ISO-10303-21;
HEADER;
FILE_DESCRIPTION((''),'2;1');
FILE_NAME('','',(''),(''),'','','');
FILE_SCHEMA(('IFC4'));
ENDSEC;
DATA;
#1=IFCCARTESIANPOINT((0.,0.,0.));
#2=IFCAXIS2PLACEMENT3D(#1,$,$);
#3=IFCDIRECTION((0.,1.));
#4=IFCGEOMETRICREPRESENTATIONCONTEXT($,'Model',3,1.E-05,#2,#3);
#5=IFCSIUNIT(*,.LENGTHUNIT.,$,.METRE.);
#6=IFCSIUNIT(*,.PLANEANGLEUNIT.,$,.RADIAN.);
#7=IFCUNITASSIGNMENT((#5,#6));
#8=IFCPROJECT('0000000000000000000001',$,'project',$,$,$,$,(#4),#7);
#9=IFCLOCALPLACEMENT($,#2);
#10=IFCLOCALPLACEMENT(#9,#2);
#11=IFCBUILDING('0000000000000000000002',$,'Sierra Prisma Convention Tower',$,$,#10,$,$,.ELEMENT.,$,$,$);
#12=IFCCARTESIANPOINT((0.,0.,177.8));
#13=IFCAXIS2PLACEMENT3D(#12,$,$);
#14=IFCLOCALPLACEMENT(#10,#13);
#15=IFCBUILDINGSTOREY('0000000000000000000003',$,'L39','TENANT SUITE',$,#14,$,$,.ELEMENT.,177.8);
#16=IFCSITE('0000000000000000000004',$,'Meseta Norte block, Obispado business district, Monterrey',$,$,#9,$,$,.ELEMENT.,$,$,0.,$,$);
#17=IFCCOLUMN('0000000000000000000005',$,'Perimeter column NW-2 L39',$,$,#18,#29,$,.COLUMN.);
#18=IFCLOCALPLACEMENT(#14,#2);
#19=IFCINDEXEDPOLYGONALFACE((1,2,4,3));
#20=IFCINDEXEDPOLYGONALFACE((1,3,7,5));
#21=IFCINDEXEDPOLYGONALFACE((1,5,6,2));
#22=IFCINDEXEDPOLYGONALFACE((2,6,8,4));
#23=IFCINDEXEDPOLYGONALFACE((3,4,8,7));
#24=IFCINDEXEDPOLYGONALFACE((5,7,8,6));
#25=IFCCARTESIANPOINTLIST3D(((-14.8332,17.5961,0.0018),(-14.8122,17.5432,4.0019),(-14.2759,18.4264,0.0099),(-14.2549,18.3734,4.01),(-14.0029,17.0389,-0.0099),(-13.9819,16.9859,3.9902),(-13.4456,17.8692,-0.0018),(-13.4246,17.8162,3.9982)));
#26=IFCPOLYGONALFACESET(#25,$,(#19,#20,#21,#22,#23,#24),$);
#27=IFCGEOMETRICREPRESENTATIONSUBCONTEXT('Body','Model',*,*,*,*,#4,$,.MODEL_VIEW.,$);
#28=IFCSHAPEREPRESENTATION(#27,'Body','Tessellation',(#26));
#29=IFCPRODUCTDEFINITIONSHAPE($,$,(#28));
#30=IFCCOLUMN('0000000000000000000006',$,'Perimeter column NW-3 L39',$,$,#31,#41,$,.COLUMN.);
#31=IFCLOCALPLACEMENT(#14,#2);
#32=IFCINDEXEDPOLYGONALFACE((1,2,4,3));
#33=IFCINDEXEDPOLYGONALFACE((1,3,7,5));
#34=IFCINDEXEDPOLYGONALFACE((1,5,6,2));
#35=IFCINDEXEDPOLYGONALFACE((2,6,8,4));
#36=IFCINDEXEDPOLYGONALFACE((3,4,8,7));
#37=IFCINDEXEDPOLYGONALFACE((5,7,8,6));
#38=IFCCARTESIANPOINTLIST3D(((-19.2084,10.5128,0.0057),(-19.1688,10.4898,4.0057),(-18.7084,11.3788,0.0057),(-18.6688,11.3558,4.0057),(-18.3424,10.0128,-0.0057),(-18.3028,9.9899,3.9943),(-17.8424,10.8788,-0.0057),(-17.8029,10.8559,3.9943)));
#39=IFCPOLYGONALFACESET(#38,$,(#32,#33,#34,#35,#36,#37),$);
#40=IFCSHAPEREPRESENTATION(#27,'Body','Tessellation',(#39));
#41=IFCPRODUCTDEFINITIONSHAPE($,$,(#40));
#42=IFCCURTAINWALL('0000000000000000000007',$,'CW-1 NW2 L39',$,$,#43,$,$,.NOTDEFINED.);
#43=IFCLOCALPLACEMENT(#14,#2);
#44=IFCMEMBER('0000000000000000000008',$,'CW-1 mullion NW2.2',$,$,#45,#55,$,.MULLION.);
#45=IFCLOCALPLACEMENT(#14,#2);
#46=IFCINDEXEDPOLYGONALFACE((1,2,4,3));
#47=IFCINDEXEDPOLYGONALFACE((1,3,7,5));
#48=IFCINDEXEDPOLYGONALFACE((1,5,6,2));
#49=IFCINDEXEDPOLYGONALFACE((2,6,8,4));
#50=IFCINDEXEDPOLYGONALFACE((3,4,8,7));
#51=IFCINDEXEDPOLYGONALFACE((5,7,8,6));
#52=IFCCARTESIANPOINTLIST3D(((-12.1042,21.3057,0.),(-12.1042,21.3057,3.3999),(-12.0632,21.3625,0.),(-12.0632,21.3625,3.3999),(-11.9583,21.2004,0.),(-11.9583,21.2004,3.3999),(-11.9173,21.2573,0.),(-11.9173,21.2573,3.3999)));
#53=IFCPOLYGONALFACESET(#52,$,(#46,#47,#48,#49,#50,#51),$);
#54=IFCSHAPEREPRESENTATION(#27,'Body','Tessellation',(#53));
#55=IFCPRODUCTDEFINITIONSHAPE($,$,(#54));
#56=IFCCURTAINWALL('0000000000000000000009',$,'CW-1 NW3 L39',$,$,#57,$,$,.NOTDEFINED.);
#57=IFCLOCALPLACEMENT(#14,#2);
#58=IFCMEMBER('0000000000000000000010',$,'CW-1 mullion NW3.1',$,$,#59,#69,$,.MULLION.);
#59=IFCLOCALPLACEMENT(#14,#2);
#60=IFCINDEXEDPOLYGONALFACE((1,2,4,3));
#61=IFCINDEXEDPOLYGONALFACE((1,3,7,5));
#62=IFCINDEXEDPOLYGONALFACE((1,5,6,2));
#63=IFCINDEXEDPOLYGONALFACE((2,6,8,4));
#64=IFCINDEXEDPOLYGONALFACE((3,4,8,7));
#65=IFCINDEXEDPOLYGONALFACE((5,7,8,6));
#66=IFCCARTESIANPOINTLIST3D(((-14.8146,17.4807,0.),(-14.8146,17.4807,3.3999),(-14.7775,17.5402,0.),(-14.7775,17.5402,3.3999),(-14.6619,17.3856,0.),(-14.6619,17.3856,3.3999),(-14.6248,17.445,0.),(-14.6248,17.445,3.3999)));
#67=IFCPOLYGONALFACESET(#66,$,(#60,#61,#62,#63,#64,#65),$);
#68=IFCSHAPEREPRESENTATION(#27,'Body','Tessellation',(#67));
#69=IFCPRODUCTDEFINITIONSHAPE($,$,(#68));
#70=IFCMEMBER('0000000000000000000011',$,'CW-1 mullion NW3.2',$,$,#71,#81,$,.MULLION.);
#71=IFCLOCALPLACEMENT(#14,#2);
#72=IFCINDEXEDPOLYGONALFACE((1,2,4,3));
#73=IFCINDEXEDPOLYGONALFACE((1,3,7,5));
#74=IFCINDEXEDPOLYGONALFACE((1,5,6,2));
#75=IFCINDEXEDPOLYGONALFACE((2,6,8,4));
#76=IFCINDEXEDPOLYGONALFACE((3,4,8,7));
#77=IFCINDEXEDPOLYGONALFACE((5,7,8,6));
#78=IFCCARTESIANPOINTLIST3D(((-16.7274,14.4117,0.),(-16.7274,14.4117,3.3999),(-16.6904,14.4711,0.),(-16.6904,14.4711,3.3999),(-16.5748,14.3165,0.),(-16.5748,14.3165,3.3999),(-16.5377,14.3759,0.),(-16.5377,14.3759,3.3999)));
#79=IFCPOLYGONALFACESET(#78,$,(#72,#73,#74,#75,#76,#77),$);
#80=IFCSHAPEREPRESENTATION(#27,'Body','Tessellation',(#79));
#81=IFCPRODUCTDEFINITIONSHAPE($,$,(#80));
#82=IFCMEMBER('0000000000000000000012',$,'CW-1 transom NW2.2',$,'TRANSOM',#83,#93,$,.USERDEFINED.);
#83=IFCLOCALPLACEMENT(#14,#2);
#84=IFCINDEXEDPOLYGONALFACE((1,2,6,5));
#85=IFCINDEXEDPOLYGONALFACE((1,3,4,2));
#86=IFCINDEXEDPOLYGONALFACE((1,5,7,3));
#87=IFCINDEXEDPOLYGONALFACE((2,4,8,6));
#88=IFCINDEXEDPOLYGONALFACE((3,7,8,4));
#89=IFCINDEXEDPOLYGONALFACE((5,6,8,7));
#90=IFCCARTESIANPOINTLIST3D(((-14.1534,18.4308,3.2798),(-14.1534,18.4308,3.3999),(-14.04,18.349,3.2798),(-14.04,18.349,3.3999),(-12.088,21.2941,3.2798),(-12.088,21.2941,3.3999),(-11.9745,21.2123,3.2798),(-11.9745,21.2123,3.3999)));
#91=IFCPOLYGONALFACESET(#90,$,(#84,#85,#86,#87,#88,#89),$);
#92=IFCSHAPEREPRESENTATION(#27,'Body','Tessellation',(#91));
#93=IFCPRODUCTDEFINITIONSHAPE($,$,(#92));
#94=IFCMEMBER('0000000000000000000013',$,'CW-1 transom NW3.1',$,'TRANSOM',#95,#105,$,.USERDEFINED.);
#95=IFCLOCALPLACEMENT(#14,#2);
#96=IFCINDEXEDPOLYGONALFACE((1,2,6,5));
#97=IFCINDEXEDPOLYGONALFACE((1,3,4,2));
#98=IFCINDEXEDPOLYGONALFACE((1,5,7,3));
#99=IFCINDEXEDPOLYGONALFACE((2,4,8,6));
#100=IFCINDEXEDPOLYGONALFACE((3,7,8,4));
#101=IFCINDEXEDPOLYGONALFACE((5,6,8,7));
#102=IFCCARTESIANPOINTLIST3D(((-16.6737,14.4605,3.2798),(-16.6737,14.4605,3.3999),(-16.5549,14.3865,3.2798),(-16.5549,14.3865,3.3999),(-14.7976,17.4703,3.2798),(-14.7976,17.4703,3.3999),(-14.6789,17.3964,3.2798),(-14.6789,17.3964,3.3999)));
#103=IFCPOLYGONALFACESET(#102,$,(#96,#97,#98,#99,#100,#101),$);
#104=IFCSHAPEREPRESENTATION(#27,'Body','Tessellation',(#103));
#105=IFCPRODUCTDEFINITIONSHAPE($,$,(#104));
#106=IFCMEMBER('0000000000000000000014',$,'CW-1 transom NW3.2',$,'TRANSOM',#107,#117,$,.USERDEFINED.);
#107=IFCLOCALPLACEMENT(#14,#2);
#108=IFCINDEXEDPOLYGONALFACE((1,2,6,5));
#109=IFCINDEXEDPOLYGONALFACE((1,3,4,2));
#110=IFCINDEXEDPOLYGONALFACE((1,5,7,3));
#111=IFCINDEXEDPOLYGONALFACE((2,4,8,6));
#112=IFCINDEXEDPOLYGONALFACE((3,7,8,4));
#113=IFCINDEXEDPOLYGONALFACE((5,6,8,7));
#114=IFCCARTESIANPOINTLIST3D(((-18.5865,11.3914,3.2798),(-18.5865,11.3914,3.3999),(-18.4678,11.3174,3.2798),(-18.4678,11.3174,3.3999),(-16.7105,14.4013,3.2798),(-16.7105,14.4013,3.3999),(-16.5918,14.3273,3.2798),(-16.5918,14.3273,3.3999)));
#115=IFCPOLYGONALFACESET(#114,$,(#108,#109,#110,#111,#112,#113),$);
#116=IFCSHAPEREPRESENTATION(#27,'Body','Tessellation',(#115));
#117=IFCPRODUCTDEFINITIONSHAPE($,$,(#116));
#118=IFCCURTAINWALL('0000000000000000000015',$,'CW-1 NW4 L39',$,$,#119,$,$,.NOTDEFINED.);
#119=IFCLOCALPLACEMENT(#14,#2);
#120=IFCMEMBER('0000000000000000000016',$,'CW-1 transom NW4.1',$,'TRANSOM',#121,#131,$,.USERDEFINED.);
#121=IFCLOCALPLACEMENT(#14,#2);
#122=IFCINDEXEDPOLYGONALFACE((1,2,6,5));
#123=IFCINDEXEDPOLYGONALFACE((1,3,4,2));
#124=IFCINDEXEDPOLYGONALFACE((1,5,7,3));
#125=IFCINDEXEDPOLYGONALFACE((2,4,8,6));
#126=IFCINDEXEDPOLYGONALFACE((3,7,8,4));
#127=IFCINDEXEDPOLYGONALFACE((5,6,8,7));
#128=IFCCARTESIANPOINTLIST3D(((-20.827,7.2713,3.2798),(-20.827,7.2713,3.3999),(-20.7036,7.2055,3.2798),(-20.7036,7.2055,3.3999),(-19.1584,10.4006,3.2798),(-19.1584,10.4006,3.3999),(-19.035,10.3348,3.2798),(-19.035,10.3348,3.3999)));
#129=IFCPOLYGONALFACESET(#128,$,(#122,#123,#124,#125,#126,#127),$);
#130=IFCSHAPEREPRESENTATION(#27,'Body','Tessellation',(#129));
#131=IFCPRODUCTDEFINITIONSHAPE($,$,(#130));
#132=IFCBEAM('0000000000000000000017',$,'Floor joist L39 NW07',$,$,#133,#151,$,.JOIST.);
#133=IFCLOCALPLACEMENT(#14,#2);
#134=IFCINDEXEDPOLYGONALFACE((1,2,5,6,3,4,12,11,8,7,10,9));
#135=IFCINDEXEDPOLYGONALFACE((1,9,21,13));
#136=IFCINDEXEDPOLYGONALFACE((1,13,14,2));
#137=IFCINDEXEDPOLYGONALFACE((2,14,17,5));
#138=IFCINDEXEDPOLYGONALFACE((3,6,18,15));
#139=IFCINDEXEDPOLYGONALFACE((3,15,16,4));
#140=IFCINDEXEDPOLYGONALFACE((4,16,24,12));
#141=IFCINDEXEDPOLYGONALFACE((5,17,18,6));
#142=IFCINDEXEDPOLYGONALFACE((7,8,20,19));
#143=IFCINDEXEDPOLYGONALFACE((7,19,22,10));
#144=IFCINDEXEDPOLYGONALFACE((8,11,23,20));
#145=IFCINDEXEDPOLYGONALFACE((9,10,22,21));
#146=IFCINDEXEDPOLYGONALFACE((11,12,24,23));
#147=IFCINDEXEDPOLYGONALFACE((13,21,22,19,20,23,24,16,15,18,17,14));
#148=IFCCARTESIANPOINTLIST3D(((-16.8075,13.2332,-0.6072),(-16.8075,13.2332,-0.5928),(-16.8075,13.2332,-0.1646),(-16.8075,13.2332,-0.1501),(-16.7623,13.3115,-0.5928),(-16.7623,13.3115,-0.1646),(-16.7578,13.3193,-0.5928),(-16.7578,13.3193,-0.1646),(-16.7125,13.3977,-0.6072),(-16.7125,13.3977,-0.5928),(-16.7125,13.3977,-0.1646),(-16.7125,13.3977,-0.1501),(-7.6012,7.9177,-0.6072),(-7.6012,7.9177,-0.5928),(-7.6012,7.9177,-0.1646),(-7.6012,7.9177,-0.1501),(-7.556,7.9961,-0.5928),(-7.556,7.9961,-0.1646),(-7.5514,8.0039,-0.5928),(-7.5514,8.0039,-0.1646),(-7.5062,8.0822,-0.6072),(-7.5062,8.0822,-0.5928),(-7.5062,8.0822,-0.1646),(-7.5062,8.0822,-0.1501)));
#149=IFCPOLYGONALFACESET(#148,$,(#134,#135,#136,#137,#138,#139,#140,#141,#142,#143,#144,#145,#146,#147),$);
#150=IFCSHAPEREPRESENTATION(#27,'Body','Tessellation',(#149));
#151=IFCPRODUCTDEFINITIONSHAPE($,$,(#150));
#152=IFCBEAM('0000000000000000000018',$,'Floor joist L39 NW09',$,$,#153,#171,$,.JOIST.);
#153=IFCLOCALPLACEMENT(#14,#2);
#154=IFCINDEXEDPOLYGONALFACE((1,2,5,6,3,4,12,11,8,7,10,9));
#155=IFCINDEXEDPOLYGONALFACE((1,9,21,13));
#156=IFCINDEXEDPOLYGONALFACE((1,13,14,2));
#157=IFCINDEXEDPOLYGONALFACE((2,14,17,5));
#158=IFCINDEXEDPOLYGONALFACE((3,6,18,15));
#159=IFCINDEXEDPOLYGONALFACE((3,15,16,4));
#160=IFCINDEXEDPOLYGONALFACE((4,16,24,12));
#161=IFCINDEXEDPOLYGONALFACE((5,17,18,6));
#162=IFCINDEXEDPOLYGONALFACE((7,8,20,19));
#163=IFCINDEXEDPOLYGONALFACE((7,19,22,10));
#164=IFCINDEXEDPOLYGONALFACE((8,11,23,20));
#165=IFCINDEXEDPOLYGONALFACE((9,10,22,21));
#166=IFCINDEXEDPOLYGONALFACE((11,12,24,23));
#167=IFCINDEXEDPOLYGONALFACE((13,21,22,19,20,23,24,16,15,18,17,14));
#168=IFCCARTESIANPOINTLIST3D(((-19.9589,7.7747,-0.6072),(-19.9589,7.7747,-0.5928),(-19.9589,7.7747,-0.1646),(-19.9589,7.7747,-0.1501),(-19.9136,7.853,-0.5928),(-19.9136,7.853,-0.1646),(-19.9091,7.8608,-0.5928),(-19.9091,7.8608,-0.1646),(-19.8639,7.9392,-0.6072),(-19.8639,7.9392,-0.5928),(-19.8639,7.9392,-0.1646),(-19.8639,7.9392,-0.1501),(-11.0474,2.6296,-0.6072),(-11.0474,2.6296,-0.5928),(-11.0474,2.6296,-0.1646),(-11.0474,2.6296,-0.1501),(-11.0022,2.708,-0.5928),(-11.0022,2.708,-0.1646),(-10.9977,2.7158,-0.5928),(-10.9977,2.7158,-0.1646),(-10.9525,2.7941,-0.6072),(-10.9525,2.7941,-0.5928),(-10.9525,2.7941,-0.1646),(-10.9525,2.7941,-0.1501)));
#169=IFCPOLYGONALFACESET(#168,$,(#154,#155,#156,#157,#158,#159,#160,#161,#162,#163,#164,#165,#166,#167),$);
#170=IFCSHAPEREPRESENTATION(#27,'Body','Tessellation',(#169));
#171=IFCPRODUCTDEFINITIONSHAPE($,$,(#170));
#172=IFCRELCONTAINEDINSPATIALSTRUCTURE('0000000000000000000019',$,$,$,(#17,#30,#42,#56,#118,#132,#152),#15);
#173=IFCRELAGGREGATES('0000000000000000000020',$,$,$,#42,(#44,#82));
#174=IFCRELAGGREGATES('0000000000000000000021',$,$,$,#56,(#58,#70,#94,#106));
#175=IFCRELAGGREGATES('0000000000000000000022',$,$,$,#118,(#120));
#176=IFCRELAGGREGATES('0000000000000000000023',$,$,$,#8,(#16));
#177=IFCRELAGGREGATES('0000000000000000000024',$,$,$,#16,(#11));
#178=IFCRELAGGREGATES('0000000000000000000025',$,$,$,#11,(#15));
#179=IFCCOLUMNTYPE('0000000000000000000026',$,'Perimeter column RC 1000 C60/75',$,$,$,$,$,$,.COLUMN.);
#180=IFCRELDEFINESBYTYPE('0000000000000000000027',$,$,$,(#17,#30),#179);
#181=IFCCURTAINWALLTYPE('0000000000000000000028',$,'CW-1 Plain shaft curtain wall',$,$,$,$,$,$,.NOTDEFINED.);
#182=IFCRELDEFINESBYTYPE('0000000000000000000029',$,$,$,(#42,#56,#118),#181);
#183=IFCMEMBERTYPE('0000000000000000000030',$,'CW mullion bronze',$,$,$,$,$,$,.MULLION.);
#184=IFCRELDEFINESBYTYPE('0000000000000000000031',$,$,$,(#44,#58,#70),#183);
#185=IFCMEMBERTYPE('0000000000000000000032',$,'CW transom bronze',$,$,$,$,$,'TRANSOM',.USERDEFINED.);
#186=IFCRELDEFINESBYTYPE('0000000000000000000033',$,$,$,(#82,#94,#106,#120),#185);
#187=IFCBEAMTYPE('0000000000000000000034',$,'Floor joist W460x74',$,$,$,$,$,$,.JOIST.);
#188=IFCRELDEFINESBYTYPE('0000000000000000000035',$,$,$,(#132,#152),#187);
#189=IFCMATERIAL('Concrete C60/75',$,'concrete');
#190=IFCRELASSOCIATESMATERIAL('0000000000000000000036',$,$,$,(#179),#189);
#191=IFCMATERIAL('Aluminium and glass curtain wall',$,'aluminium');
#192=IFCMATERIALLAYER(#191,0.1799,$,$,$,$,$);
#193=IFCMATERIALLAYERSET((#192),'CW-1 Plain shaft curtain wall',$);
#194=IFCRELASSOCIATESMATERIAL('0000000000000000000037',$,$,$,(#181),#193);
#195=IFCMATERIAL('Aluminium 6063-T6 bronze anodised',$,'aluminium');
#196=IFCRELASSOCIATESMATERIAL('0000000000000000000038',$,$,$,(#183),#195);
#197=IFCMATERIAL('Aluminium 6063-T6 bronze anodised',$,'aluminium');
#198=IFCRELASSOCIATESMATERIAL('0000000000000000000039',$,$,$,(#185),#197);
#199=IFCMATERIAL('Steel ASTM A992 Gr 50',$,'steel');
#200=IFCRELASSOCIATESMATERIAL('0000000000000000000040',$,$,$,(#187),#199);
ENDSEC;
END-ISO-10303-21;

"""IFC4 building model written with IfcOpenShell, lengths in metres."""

from ifc_helpers import new_model, si_unit, direction, frame, origin, origin_2d, place, context, subcontext, project, spatial, rectangle, i_section, extrude, material, layer, layer_set, material_profile, profile_set, type_object, element, aggregate, save


model = new_model("IFC4")

# Units and contexts
model_context = context("Model", 3, precision=1e-05, world=origin(), true_north=direction((0.0, 1.0)))
body_context = subcontext(model_context, "Body", "Model", "MODEL_VIEW")
ifc_project = project(units=[si_unit("LENGTHUNIT", "METRE"), si_unit("PLANEANGLEUNIT", "RADIAN")], contexts=[model_context])

# Site, building, storey
site_placement = place(None, origin())
site = spatial("IfcSite", under=ifc_project, at=site_placement, Name="Meseta Norte block, Obispado business district, Monterrey", CompositionType="ELEMENT", RefElevation=0.0)
building_placement = place(site_placement, origin())
building = spatial("IfcBuilding", under=site, at=building_placement, Name="Sierra Prisma Convention Tower", CompositionType="ELEMENT")
storey_placement = place(building_placement, frame((0.0, 0.0, 177.8)))
storey = spatial("IfcBuildingStorey", under=building, at=storey_placement, Name="L39", Description="TENANT SUITE", CompositionType="ELEMENT", Elevation=177.8)

# Columns
ifc_material_1 = material(Name="Concrete C60/75", Category="concrete")
ifc_material_profile_1 = material_profile(ifc_material_1, rectangle(XDim=1.0, YDim=1.0, at=origin_2d()), Name="Perimeter column RC 1000 C60/75")
ifc_profile_set_1 = profile_set([ifc_material_profile_1], Name="Concrete C60/75")
column_type = type_object("IfcColumnType", Name="Perimeter column RC 1000 C60/75", PredefinedType="COLUMN", material=ifc_profile_set_1)
column_1_placement = place(storey_placement, frame((-14.1394, 17.7327, 0.0), z_axis=(0.005248, -0.013243, 0.999899), x_axis=(0.557303, 0.83027, 0.008071)))
element("IfcColumn", 1, at=column_1_placement, inside=storey, type_object=column_type, Name="Perimeter column NW-2 L39", PredefinedType="COLUMN", context=body_context, shape_type="SweptSolid", body=[
    extrude(rectangle(XDim=1.0, YDim=1.0, at=origin_2d()), origin(), (0.0, 0.0, 1.0), 4.0005),
])
column_2_placement = place(storey_placement, frame((-18.5254, 10.6958, 0.0), z_axis=(0.009887, -0.005737, 0.999935), x_axis=(0.499976, 0.86604, 0.000025)))
element("IfcColumn", 2, at=column_2_placement, inside=storey, type_object=column_type, Name="Perimeter column NW-3 L39", PredefinedType="COLUMN", context=body_context, shape_type="SweptSolid", body=[
    extrude(rectangle(XDim=1.0, YDim=1.0, at=origin_2d()), origin(), (0.0, 0.0, 1.0), 4.0002),
])

# Curtain wall, member
ifc_material_2 = material(Name="Aluminium and glass curtain wall", Category="aluminium")
ifc_layer_1 = layer(ifc_material_2, 0.1799)
ifc_layer_set_1 = layer_set([ifc_layer_1], Name="CW-1 Plain shaft curtain wall")
curtain_wall_type = type_object("IfcCurtainWallType", Name="CW-1 Plain shaft curtain wall", PredefinedType="NOTDEFINED", material=ifc_layer_set_1)
curtain_wall_1_placement = place(storey_placement, origin())
curtain_wall_1 = element("IfcCurtainWall", 3, at=curtain_wall_1_placement, inside=storey, type_object=curtain_wall_type, Name="CW-1 NW2 L39", PredefinedType="NOTDEFINED")
ifc_material_3 = material(Name="Aluminium 6063-T6 bronze anodised", Category="aluminium")
ifc_material_profile_2 = material_profile(ifc_material_3, rectangle(XDim=0.1799, YDim=0.0701, at=origin_2d()), Name="ALU MULLION 70x180")
ifc_profile_set_2 = profile_set([ifc_material_profile_2], Name="Aluminium 6063-T6 bronze anodised")
member_type_1 = type_object("IfcMemberType", Name="CW mullion bronze", PredefinedType="MULLION", material=ifc_profile_set_2)
member_1_placement = place(storey_placement, frame((-12.0107, 21.2815, 0.0), z_axis=(0.0, 0.0, 1.0), x_axis=(0.811012, -0.585029, 0.0)))
member_1 = element("IfcMember", 4, at=member_1_placement, type_object=member_type_1, Name="CW-1 mullion NW2.2", PredefinedType="MULLION", context=body_context, shape_type="SweptSolid", body=[
    extrude(rectangle(XDim=0.1799, YDim=0.0701, at=origin_2d()), origin(), (0.0, 0.0, 1.0), 3.3999),
])

# Curtain wall, members
curtain_wall_2_placement = place(storey_placement, origin())
curtain_wall_2 = element("IfcCurtainWall", 5, at=curtain_wall_2_placement, inside=storey, type_object=curtain_wall_type, Name="CW-1 NW3 L39", PredefinedType="NOTDEFINED")
member_2_placement = place(storey_placement, frame((-14.7197, 17.4629, 0.0), z_axis=(0.0, 0.0, 1.0), x_axis=(0.848649, -0.528957, 0.0)))
member_2 = element("IfcMember", 6, at=member_2_placement, type_object=member_type_1, Name="CW-1 mullion NW3.1", PredefinedType="MULLION", context=body_context, shape_type="SweptSolid", body=[
    extrude(rectangle(XDim=0.1799, YDim=0.0701, at=origin_2d()), origin(), (0.0, 0.0, 1.0), 3.3999),
])
member_3_placement = place(storey_placement, frame((-16.6326, 14.3938, 0.0), z_axis=(0.0, 0.0, 1.0), x_axis=(0.848649, -0.528957, 0.0)))
member_3 = element("IfcMember", 7, at=member_3_placement, type_object=member_type_1, Name="CW-1 mullion NW3.2", PredefinedType="MULLION", context=body_context, shape_type="SweptSolid", body=[
    extrude(rectangle(XDim=0.1799, YDim=0.0701, at=origin_2d()), origin(), (0.0, 0.0, 1.0), 3.3999),
])

# Members
ifc_material_4 = material(Name="Aluminium 6063-T6 bronze anodised", Category="aluminium")
ifc_material_profile_3 = material_profile(ifc_material_4, rectangle(XDim=0.1399, YDim=0.1201, at=origin_2d()), Name="ALU TRANSOM 120x140")
ifc_profile_set_3 = profile_set([ifc_material_profile_3], Name="Aluminium 6063-T6 bronze anodised")
member_type_2 = type_object("IfcMemberType", Name="CW transom bronze", ElementType="TRANSOM", PredefinedType="USERDEFINED", material=ifc_profile_set_3)
member_4_placement = place(storey_placement, frame((-12.0312, 21.2532, 3.3398), z_axis=(-0.585026, -0.811015, 0.0), x_axis=(0.811015, -0.585026, 0.0)))
member_4 = element("IfcMember", 8, at=member_4_placement, type_object=member_type_2, Name="CW-1 transom NW2.2", ObjectType="TRANSOM", PredefinedType="USERDEFINED", context=body_context, shape_type="SweptSolid", body=[
    extrude(rectangle(XDim=0.1399, YDim=0.1201, at=origin_2d()), origin(), (0.0, 0.0, 1.0), 3.5305),
])
member_5_placement = place(storey_placement, frame((-14.7383, 17.4333, 3.3398), z_axis=(-0.528959, -0.848647, 0.0), x_axis=(0.848647, -0.528959, 0.0)))
member_5 = element("IfcMember", 9, at=member_5_placement, type_object=member_type_2, Name="CW-1 transom NW3.1", ObjectType="TRANSOM", PredefinedType="USERDEFINED", context=body_context, shape_type="SweptSolid", body=[
    extrude(rectangle(XDim=0.1399, YDim=0.1201, at=origin_2d()), origin(), (0.0, 0.0, 1.0), 3.5466),
])
member_6_placement = place(storey_placement, frame((-16.6511, 14.3643, 3.3398), z_axis=(-0.528959, -0.848647, 0.0), x_axis=(0.848647, -0.528959, 0.0)))
member_6 = element("IfcMember", 10, at=member_6_placement, type_object=member_type_2, Name="CW-1 transom NW3.2", ObjectType="TRANSOM", PredefinedType="USERDEFINED", context=body_context, shape_type="SweptSolid", body=[
    extrude(rectangle(XDim=0.1399, YDim=0.1201, at=origin_2d()), origin(), (0.0, 0.0, 1.0), 3.5466),
])

# Curtain wall, member
curtain_wall_3_placement = place(storey_placement, origin())
curtain_wall_3 = element("IfcCurtainWall", 11, at=curtain_wall_3_placement, inside=storey, type_object=curtain_wall_type, Name="CW-1 NW4 L39", PredefinedType="NOTDEFINED")
member_7_placement = place(storey_placement, frame((-19.0967, 10.3677, 3.3398), z_axis=(-0.47052, -0.882389, 0.0), x_axis=(0.882389, -0.47052, 0.0)))
member_7 = element("IfcMember", 12, at=member_7_placement, type_object=member_type_2, Name="CW-1 transom NW4.1", ObjectType="TRANSOM", PredefinedType="USERDEFINED", context=body_context, shape_type="SweptSolid", body=[
    extrude(rectangle(XDim=0.1399, YDim=0.1201, at=origin_2d()), origin(), (0.0, 0.0, 1.0), 3.5464),
])

# Beams
ifc_material_5 = material(Name="Steel ASTM A992 Gr 50", Category="steel")
ifc_material_profile_4 = material_profile(ifc_material_5, i_section(OverallWidth=0.1899, OverallDepth=0.457, WebThickness=0.009, FlangeThickness=0.0144, at=origin_2d()), Name="W460x74")
ifc_profile_set_4 = profile_set([ifc_material_profile_4], Name="Steel ASTM A992 Gr 50")
beam_type_1 = type_object("IfcBeamType", Name="Floor joist W460x74", PredefinedType="JOIST", material=ifc_profile_set_4)
beam_1_placement = place(storey_placement, frame((-16.76, 13.3154, -0.3787), z_axis=(0.866018, -0.500012, 0.0), x_axis=(0.500012, 0.866018, 0.0)))
element("IfcBeam", 13, at=beam_1_placement, inside=storey, type_object=beam_type_1, Name="Floor joist L39 NW07", PredefinedType="JOIST", context=body_context, shape_type="SweptSolid", body=[
    extrude(i_section(OverallWidth=0.1899, OverallDepth=0.457, WebThickness=0.009, FlangeThickness=0.0144, at=origin_2d()), origin(), (0.0, 0.0, 1.0), 10.6306),
])
beam_2_placement = place(storey_placement, frame((-19.9114, 7.8569, -0.3787), z_axis=(0.866024, -0.500002, 0.0), x_axis=(0.500002, 0.866024, 0.0)))
element("IfcBeam", 14, at=beam_2_placement, inside=storey, type_object=beam_type_1, Name="Floor joist L39 NW09", PredefinedType="JOIST", context=body_context, shape_type="SweptSolid", body=[
    extrude(i_section(OverallWidth=0.1899, OverallDepth=0.457, WebThickness=0.009, FlangeThickness=0.0144, at=origin_2d()), origin(), (0.0, 0.0, 1.0), 10.29),
])

aggregate(curtain_wall_1, [member_1, member_4])
aggregate(curtain_wall_2, [member_2, member_3, member_5, member_6])
aggregate(curtain_wall_3, [member_7])

save(model, "model.ifc")
